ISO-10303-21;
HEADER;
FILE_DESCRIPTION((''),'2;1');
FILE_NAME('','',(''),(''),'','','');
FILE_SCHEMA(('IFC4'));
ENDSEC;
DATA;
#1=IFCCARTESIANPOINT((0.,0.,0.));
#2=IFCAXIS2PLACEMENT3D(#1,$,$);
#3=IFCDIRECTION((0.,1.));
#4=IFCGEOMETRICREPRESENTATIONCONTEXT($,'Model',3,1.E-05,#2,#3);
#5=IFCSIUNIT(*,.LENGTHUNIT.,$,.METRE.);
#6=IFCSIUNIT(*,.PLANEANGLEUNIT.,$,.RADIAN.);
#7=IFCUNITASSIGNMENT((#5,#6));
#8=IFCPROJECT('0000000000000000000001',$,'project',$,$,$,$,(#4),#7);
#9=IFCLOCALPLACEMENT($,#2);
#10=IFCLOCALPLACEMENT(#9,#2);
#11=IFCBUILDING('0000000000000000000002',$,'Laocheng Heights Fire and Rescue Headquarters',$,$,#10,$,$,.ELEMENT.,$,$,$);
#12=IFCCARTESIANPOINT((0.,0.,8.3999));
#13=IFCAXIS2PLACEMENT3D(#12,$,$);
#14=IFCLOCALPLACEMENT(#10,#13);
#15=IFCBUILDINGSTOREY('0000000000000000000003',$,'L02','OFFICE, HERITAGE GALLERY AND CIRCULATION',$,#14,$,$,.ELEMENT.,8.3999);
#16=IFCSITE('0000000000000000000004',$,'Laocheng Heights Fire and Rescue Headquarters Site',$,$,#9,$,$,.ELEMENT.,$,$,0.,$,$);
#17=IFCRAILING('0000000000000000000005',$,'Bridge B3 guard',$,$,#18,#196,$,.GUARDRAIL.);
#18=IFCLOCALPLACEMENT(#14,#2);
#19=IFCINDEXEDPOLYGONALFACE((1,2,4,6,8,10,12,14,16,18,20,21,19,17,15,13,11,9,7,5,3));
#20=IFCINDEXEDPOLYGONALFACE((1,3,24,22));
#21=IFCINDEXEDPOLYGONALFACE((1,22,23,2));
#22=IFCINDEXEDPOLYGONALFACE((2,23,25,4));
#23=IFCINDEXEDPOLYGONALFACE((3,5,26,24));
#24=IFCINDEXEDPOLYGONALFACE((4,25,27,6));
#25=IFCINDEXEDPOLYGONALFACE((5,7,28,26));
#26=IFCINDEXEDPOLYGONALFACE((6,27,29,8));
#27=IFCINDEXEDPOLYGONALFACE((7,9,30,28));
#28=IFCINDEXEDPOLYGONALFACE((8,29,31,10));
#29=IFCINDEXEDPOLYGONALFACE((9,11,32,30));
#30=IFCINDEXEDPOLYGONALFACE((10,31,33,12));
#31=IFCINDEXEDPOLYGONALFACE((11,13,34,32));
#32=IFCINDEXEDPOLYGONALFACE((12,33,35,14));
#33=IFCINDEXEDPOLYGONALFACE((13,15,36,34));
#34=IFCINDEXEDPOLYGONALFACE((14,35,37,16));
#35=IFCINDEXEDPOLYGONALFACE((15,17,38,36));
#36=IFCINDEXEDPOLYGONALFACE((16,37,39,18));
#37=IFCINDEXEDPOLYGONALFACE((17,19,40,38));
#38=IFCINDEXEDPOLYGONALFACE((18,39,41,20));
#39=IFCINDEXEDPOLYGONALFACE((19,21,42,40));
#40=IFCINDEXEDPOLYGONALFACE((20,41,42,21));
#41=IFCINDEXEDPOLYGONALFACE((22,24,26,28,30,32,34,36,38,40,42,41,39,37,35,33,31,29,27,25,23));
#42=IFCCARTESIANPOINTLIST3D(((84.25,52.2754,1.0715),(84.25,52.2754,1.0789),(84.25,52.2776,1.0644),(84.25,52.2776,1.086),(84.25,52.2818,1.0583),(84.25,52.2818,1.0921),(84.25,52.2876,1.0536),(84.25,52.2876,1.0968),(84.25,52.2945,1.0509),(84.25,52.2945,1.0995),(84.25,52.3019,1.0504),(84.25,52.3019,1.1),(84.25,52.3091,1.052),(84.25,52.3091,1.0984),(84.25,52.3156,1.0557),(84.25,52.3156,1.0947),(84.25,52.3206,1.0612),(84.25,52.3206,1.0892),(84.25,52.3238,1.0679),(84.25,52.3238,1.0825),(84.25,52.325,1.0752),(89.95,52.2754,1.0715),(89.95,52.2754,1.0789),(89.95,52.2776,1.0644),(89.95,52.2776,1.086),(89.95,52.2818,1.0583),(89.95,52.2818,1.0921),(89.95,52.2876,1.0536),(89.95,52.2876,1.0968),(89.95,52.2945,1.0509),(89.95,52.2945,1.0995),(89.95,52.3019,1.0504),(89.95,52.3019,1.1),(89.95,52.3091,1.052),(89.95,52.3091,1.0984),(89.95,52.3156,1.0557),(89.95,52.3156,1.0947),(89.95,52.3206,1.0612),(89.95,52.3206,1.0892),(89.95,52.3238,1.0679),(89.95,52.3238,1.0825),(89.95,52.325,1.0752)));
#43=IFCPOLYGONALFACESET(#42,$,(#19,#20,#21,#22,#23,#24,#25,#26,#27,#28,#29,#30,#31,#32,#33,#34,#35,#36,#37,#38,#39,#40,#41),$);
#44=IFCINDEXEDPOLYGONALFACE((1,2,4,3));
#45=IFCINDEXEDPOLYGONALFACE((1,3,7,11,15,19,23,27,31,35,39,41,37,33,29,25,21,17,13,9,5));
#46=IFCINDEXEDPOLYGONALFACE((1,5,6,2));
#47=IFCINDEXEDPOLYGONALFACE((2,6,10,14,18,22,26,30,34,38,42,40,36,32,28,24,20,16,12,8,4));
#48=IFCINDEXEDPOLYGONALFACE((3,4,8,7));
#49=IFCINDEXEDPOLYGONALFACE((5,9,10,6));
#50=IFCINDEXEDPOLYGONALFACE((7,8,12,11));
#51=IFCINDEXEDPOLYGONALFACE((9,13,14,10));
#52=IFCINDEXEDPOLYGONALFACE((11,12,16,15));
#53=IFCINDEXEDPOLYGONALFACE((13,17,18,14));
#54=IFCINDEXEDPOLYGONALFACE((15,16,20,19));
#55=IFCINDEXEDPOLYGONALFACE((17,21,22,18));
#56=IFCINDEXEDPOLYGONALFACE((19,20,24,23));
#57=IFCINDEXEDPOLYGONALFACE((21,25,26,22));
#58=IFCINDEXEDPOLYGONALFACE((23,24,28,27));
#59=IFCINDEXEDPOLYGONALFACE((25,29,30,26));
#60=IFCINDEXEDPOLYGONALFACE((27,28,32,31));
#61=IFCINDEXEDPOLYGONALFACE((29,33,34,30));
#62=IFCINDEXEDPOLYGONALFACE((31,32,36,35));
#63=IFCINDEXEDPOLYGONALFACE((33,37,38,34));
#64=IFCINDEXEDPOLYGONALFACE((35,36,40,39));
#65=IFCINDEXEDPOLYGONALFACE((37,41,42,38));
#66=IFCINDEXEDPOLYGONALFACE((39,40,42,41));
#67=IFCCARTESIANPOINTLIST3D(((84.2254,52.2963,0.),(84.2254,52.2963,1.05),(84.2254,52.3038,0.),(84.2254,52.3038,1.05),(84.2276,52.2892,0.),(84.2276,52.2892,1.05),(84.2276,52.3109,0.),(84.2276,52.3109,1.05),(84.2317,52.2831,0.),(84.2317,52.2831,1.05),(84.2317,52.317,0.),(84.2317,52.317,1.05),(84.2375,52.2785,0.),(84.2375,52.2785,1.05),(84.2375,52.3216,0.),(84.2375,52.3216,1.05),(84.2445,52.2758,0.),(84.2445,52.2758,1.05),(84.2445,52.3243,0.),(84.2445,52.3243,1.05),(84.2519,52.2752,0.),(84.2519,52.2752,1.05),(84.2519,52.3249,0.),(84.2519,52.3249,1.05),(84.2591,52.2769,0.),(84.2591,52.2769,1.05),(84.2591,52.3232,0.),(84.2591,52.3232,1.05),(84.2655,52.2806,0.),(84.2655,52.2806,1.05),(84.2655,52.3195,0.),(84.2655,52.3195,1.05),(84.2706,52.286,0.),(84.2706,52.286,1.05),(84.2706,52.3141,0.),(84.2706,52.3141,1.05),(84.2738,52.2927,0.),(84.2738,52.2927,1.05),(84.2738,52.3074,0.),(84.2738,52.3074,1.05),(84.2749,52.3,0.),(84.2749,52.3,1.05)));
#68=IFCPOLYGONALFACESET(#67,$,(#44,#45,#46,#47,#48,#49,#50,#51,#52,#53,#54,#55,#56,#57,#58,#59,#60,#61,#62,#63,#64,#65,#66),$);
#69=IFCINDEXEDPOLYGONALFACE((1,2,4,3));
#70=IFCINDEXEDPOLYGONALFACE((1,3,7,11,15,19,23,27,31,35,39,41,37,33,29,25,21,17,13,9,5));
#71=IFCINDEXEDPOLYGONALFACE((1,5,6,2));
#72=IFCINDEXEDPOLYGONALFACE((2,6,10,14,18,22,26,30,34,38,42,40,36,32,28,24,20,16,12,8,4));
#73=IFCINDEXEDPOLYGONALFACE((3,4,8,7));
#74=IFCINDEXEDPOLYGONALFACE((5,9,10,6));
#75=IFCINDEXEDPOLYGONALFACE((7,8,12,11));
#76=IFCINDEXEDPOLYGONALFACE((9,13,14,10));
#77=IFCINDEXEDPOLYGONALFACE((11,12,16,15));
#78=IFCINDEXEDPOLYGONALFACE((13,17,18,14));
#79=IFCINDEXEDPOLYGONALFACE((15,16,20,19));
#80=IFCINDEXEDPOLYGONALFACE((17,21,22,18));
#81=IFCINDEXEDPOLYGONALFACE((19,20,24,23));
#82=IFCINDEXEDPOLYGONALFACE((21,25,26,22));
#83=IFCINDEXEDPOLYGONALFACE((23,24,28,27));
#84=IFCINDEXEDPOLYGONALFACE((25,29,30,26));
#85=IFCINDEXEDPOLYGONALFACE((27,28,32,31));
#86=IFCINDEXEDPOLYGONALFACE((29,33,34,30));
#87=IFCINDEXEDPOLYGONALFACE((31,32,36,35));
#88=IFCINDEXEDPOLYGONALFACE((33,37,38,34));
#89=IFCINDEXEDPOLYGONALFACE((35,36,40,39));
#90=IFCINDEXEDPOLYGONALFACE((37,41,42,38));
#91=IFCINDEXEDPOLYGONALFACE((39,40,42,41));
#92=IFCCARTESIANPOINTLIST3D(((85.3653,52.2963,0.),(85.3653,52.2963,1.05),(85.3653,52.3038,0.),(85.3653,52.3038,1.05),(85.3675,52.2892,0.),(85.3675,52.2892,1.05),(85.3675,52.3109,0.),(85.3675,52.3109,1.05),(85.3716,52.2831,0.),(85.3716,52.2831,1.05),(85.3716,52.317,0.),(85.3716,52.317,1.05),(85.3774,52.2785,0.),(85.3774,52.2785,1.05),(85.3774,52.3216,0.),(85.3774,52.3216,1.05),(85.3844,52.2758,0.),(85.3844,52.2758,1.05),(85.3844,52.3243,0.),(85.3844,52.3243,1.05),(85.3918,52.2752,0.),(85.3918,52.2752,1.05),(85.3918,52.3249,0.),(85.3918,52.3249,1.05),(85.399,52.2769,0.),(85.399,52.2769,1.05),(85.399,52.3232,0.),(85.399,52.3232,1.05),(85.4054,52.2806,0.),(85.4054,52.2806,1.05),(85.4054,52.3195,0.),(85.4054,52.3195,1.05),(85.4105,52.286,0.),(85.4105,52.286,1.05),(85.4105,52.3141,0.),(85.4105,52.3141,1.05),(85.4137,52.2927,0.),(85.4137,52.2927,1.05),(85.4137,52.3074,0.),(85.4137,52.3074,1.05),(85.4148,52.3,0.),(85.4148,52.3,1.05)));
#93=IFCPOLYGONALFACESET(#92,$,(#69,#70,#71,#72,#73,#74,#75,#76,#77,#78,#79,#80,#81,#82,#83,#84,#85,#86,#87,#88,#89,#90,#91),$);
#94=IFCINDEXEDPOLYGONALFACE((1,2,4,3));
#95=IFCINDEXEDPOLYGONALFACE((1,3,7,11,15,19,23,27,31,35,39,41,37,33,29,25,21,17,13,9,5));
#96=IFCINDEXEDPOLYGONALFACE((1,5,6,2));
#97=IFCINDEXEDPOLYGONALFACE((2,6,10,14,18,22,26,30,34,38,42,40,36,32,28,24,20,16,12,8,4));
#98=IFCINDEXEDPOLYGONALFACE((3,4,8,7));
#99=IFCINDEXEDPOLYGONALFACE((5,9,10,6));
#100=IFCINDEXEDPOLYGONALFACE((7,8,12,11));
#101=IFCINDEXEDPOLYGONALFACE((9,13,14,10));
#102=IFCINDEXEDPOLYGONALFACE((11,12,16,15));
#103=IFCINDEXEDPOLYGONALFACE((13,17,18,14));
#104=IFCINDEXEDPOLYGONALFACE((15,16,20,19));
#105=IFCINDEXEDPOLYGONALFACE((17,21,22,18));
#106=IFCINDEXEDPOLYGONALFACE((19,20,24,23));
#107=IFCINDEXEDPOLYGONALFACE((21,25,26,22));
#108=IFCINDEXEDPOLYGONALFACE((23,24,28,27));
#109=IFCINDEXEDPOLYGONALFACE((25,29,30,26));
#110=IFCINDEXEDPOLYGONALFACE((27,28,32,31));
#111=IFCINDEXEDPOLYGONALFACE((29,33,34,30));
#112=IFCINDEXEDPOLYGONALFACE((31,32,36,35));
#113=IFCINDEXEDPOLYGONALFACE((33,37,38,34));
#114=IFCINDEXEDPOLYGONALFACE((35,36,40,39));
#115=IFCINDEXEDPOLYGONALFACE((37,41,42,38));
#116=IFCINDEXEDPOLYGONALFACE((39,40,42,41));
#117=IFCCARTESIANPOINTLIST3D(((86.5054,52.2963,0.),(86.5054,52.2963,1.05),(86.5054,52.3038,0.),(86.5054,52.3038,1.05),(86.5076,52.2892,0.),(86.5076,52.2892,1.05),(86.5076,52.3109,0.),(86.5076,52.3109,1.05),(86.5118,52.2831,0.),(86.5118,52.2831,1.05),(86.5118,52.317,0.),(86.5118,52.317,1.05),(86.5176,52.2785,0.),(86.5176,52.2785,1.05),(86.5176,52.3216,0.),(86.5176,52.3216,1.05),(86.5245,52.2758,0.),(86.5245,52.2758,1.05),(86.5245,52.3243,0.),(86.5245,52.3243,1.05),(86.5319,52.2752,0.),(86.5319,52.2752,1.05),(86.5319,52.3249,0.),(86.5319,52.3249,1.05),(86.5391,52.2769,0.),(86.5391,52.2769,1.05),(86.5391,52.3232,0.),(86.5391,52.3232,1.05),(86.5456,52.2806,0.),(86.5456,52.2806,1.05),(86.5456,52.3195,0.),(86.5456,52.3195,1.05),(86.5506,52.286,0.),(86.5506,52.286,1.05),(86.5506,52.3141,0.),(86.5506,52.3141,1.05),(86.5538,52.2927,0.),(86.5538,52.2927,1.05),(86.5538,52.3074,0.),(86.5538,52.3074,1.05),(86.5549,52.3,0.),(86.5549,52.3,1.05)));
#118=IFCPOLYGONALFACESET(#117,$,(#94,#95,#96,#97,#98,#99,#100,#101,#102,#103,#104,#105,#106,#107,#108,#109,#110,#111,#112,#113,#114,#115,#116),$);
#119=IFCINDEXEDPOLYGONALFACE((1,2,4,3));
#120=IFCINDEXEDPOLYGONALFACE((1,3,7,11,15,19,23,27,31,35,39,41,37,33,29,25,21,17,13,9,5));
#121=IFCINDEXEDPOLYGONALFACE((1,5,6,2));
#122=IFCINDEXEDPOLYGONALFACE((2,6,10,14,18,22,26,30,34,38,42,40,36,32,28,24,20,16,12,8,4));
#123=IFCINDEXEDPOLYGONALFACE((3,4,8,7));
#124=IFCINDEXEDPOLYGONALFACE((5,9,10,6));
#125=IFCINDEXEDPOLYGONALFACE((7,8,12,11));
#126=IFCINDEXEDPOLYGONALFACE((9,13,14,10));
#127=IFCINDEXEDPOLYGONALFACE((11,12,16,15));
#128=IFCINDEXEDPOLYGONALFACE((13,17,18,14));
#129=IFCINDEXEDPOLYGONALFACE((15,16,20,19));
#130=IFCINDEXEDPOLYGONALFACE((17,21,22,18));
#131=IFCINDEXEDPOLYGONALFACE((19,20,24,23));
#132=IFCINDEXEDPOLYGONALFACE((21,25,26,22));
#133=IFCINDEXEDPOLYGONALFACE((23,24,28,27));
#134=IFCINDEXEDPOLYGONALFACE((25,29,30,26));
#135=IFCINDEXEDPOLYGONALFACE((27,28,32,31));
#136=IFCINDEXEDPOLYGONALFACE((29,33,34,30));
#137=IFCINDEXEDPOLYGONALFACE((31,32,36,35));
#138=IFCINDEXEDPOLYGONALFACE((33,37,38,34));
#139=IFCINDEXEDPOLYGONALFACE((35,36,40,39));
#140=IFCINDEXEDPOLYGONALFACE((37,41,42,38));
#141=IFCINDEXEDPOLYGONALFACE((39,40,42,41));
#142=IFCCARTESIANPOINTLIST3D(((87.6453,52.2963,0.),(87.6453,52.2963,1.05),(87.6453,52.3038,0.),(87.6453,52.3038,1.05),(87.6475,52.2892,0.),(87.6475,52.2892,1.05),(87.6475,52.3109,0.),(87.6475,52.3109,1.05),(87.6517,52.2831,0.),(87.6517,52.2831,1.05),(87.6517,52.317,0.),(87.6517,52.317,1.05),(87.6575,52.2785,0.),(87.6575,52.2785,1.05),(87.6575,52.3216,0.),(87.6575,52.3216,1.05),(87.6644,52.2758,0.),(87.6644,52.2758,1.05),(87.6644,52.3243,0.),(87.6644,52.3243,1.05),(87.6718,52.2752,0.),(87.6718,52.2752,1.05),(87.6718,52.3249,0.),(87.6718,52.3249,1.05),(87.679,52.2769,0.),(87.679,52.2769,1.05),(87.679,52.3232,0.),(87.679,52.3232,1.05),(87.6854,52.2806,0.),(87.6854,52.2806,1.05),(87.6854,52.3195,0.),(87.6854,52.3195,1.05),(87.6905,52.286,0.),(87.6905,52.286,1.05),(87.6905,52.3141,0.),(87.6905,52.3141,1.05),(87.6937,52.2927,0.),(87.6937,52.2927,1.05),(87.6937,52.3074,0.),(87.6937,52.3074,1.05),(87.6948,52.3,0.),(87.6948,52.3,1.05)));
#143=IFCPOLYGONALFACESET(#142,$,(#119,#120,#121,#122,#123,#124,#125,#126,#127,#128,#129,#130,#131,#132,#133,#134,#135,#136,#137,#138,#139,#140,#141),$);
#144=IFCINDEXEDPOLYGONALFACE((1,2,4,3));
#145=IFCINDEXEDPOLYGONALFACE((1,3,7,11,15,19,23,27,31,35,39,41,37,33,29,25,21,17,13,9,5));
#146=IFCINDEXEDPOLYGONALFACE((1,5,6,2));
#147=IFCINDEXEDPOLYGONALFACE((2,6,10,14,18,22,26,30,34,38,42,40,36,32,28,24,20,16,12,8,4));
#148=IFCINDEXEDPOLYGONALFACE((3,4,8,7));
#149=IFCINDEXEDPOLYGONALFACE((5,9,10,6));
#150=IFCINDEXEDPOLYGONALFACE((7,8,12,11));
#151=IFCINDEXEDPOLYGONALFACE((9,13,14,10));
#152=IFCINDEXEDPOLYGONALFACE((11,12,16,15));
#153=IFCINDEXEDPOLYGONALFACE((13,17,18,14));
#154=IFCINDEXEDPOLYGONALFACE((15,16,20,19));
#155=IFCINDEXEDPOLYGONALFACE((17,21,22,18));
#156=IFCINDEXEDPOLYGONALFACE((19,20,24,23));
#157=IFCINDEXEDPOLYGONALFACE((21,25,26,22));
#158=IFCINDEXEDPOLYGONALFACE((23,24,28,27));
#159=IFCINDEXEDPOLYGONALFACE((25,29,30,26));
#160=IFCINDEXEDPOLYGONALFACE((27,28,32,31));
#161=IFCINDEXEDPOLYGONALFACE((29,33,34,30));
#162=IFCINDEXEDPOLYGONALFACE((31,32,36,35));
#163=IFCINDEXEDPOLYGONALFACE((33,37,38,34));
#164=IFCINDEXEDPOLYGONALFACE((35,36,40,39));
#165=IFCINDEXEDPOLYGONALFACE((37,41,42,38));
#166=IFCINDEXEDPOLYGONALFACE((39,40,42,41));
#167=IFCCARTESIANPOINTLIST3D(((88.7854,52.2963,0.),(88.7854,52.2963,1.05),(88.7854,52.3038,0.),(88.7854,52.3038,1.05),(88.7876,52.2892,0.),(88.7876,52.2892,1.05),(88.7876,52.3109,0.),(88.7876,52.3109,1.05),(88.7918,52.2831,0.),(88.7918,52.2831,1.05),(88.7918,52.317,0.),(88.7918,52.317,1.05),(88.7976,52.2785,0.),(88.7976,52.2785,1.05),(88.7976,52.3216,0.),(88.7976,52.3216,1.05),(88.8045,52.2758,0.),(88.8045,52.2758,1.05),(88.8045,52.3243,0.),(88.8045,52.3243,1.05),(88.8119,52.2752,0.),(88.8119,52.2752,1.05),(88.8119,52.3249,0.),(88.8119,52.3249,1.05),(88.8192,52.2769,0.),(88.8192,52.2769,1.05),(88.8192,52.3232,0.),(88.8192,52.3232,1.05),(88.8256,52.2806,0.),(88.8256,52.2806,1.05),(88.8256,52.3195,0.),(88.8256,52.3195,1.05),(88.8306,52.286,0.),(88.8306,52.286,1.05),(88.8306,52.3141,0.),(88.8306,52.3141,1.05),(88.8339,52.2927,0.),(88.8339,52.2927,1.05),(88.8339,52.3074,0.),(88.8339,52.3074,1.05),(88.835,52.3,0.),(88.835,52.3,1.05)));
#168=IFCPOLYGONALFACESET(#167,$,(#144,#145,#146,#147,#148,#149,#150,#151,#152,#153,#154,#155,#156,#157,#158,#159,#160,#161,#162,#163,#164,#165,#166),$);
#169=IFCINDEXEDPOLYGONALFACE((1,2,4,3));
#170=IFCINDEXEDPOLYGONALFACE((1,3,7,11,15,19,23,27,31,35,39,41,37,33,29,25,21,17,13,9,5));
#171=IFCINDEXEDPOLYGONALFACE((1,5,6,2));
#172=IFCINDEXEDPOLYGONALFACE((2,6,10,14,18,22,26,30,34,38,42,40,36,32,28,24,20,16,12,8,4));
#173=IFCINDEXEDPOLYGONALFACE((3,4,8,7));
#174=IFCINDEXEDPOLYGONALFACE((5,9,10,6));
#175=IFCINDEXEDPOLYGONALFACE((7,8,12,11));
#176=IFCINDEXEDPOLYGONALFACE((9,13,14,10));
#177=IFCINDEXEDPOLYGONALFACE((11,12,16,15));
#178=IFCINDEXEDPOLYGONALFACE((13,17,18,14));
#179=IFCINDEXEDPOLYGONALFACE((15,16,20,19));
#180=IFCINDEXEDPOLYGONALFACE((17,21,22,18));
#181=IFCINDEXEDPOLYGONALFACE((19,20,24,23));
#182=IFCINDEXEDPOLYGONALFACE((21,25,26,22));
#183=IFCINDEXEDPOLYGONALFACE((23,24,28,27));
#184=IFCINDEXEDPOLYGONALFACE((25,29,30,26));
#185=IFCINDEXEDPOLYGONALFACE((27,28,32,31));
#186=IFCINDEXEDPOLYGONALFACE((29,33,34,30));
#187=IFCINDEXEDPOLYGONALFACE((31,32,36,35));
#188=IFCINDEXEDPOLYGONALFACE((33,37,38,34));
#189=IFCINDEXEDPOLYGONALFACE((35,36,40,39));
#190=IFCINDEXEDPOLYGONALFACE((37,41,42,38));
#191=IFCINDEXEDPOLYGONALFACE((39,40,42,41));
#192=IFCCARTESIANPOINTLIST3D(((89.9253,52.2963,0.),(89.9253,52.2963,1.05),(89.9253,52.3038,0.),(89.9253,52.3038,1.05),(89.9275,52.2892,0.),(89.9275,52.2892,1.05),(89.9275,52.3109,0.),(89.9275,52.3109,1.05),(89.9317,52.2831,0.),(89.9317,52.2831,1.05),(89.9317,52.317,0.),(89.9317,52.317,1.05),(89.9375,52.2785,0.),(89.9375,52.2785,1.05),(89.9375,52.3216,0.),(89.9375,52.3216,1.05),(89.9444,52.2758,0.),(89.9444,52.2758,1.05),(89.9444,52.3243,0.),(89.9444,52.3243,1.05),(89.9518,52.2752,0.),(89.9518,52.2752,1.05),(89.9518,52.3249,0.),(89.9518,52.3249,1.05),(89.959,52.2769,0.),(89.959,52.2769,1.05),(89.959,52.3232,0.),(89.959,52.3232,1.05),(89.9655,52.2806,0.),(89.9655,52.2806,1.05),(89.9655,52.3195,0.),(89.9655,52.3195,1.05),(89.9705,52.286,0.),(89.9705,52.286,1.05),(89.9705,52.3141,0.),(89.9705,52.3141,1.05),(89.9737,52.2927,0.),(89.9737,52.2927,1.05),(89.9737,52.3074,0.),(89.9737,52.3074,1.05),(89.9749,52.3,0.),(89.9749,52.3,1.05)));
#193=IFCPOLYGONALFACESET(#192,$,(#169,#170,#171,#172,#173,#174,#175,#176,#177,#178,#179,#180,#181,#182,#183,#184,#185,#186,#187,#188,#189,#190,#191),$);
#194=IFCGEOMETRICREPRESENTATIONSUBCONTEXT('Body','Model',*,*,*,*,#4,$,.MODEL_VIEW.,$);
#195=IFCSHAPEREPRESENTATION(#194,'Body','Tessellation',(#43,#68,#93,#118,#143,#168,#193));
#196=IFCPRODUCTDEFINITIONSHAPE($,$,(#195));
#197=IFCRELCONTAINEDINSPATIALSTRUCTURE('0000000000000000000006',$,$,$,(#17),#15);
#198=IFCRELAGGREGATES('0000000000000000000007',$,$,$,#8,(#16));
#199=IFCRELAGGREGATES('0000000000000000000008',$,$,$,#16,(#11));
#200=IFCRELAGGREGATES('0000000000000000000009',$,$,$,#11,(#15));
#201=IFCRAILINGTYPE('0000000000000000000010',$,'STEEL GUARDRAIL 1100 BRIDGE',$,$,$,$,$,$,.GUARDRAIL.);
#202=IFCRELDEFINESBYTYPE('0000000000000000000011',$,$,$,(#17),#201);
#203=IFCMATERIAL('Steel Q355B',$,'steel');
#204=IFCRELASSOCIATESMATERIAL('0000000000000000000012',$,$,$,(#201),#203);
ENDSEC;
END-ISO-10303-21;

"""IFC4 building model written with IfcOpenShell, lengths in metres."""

from ifc_helpers import new_model, si_unit, direction, frame, origin, origin_2d, place, context, subcontext, project, spatial, circle, extrude, material, type_object, element, save


model = new_model("IFC4")

# Units and contexts
model_context = context("Model", 3, precision=1e-05, world=origin(), true_north=direction((0.0, 1.0)))
body_context = subcontext(model_context, "Body", "Model", "MODEL_VIEW")
ifc_project = project(units=[si_unit("LENGTHUNIT", "METRE"), si_unit("PLANEANGLEUNIT", "RADIAN")], contexts=[model_context])

# Site, building, storey
site_placement = place(None, origin())
site = spatial("IfcSite", under=ifc_project, at=site_placement, Name="Laocheng Heights Fire and Rescue Headquarters Site", CompositionType="ELEMENT", RefElevation=0.0)
building_placement = place(site_placement, origin())
building = spatial("IfcBuilding", under=site, at=building_placement, Name="Laocheng Heights Fire and Rescue Headquarters", CompositionType="ELEMENT")
storey_placement = place(building_placement, frame((0.0, 0.0, 8.3999)))
storey = spatial("IfcBuildingStorey", under=building, at=storey_placement, Name="L02", Description="OFFICE, HERITAGE GALLERY AND CIRCULATION", CompositionType="ELEMENT", Elevation=8.3999)

# Railing
ifc_material_1 = material(Name="Steel Q355B", Category="steel")
railing_type_1 = type_object("IfcRailingType", Name="STEEL GUARDRAIL 1100 BRIDGE", PredefinedType="GUARDRAIL", material=ifc_material_1)
railing_1_placement = place(storey_placement, frame((84.25, 52.3, 0.0)))
element("IfcRailing", 1, at=railing_1_placement, inside=storey, type_object=railing_type_1, Name="Bridge B3 guard", PredefinedType="GUARDRAIL", context=body_context, shape_type="SweptSolid", body=[
    extrude(circle(Radius=0.0249, at=origin_2d()), frame((0.0, 0.0, 1.0752), z_axis=(1.0, 0.0, 0.0), x_axis=(0.0, 1.0, 0.0)), (0.0, 0.0, 1.0), 5.7),
    extrude(circle(Radius=0.0249, at=origin_2d()), origin(), (0.0, 0.0, 1.0), 1.05),
    extrude(circle(Radius=0.0249, at=origin_2d()), frame((1.1399, 0.0, 0.0)), (0.0, 0.0, 1.0), 1.05),
    extrude(circle(Radius=0.0249, at=origin_2d()), frame((2.28, 0.0, 0.0)), (0.0, 0.0, 1.0), 1.05),
    extrude(circle(Radius=0.0249, at=origin_2d()), frame((3.4199, 0.0, 0.0)), (0.0, 0.0, 1.0), 1.05),
    extrude(circle(Radius=0.0249, at=origin_2d()), frame((4.5601, 0.0, 0.0)), (0.0, 0.0, 1.0), 1.05),
    extrude(circle(Radius=0.0249, at=origin_2d()), frame((5.7, 0.0, 0.0)), (0.0, 0.0, 1.0), 1.05),
])

save(model, "model.ifc")
